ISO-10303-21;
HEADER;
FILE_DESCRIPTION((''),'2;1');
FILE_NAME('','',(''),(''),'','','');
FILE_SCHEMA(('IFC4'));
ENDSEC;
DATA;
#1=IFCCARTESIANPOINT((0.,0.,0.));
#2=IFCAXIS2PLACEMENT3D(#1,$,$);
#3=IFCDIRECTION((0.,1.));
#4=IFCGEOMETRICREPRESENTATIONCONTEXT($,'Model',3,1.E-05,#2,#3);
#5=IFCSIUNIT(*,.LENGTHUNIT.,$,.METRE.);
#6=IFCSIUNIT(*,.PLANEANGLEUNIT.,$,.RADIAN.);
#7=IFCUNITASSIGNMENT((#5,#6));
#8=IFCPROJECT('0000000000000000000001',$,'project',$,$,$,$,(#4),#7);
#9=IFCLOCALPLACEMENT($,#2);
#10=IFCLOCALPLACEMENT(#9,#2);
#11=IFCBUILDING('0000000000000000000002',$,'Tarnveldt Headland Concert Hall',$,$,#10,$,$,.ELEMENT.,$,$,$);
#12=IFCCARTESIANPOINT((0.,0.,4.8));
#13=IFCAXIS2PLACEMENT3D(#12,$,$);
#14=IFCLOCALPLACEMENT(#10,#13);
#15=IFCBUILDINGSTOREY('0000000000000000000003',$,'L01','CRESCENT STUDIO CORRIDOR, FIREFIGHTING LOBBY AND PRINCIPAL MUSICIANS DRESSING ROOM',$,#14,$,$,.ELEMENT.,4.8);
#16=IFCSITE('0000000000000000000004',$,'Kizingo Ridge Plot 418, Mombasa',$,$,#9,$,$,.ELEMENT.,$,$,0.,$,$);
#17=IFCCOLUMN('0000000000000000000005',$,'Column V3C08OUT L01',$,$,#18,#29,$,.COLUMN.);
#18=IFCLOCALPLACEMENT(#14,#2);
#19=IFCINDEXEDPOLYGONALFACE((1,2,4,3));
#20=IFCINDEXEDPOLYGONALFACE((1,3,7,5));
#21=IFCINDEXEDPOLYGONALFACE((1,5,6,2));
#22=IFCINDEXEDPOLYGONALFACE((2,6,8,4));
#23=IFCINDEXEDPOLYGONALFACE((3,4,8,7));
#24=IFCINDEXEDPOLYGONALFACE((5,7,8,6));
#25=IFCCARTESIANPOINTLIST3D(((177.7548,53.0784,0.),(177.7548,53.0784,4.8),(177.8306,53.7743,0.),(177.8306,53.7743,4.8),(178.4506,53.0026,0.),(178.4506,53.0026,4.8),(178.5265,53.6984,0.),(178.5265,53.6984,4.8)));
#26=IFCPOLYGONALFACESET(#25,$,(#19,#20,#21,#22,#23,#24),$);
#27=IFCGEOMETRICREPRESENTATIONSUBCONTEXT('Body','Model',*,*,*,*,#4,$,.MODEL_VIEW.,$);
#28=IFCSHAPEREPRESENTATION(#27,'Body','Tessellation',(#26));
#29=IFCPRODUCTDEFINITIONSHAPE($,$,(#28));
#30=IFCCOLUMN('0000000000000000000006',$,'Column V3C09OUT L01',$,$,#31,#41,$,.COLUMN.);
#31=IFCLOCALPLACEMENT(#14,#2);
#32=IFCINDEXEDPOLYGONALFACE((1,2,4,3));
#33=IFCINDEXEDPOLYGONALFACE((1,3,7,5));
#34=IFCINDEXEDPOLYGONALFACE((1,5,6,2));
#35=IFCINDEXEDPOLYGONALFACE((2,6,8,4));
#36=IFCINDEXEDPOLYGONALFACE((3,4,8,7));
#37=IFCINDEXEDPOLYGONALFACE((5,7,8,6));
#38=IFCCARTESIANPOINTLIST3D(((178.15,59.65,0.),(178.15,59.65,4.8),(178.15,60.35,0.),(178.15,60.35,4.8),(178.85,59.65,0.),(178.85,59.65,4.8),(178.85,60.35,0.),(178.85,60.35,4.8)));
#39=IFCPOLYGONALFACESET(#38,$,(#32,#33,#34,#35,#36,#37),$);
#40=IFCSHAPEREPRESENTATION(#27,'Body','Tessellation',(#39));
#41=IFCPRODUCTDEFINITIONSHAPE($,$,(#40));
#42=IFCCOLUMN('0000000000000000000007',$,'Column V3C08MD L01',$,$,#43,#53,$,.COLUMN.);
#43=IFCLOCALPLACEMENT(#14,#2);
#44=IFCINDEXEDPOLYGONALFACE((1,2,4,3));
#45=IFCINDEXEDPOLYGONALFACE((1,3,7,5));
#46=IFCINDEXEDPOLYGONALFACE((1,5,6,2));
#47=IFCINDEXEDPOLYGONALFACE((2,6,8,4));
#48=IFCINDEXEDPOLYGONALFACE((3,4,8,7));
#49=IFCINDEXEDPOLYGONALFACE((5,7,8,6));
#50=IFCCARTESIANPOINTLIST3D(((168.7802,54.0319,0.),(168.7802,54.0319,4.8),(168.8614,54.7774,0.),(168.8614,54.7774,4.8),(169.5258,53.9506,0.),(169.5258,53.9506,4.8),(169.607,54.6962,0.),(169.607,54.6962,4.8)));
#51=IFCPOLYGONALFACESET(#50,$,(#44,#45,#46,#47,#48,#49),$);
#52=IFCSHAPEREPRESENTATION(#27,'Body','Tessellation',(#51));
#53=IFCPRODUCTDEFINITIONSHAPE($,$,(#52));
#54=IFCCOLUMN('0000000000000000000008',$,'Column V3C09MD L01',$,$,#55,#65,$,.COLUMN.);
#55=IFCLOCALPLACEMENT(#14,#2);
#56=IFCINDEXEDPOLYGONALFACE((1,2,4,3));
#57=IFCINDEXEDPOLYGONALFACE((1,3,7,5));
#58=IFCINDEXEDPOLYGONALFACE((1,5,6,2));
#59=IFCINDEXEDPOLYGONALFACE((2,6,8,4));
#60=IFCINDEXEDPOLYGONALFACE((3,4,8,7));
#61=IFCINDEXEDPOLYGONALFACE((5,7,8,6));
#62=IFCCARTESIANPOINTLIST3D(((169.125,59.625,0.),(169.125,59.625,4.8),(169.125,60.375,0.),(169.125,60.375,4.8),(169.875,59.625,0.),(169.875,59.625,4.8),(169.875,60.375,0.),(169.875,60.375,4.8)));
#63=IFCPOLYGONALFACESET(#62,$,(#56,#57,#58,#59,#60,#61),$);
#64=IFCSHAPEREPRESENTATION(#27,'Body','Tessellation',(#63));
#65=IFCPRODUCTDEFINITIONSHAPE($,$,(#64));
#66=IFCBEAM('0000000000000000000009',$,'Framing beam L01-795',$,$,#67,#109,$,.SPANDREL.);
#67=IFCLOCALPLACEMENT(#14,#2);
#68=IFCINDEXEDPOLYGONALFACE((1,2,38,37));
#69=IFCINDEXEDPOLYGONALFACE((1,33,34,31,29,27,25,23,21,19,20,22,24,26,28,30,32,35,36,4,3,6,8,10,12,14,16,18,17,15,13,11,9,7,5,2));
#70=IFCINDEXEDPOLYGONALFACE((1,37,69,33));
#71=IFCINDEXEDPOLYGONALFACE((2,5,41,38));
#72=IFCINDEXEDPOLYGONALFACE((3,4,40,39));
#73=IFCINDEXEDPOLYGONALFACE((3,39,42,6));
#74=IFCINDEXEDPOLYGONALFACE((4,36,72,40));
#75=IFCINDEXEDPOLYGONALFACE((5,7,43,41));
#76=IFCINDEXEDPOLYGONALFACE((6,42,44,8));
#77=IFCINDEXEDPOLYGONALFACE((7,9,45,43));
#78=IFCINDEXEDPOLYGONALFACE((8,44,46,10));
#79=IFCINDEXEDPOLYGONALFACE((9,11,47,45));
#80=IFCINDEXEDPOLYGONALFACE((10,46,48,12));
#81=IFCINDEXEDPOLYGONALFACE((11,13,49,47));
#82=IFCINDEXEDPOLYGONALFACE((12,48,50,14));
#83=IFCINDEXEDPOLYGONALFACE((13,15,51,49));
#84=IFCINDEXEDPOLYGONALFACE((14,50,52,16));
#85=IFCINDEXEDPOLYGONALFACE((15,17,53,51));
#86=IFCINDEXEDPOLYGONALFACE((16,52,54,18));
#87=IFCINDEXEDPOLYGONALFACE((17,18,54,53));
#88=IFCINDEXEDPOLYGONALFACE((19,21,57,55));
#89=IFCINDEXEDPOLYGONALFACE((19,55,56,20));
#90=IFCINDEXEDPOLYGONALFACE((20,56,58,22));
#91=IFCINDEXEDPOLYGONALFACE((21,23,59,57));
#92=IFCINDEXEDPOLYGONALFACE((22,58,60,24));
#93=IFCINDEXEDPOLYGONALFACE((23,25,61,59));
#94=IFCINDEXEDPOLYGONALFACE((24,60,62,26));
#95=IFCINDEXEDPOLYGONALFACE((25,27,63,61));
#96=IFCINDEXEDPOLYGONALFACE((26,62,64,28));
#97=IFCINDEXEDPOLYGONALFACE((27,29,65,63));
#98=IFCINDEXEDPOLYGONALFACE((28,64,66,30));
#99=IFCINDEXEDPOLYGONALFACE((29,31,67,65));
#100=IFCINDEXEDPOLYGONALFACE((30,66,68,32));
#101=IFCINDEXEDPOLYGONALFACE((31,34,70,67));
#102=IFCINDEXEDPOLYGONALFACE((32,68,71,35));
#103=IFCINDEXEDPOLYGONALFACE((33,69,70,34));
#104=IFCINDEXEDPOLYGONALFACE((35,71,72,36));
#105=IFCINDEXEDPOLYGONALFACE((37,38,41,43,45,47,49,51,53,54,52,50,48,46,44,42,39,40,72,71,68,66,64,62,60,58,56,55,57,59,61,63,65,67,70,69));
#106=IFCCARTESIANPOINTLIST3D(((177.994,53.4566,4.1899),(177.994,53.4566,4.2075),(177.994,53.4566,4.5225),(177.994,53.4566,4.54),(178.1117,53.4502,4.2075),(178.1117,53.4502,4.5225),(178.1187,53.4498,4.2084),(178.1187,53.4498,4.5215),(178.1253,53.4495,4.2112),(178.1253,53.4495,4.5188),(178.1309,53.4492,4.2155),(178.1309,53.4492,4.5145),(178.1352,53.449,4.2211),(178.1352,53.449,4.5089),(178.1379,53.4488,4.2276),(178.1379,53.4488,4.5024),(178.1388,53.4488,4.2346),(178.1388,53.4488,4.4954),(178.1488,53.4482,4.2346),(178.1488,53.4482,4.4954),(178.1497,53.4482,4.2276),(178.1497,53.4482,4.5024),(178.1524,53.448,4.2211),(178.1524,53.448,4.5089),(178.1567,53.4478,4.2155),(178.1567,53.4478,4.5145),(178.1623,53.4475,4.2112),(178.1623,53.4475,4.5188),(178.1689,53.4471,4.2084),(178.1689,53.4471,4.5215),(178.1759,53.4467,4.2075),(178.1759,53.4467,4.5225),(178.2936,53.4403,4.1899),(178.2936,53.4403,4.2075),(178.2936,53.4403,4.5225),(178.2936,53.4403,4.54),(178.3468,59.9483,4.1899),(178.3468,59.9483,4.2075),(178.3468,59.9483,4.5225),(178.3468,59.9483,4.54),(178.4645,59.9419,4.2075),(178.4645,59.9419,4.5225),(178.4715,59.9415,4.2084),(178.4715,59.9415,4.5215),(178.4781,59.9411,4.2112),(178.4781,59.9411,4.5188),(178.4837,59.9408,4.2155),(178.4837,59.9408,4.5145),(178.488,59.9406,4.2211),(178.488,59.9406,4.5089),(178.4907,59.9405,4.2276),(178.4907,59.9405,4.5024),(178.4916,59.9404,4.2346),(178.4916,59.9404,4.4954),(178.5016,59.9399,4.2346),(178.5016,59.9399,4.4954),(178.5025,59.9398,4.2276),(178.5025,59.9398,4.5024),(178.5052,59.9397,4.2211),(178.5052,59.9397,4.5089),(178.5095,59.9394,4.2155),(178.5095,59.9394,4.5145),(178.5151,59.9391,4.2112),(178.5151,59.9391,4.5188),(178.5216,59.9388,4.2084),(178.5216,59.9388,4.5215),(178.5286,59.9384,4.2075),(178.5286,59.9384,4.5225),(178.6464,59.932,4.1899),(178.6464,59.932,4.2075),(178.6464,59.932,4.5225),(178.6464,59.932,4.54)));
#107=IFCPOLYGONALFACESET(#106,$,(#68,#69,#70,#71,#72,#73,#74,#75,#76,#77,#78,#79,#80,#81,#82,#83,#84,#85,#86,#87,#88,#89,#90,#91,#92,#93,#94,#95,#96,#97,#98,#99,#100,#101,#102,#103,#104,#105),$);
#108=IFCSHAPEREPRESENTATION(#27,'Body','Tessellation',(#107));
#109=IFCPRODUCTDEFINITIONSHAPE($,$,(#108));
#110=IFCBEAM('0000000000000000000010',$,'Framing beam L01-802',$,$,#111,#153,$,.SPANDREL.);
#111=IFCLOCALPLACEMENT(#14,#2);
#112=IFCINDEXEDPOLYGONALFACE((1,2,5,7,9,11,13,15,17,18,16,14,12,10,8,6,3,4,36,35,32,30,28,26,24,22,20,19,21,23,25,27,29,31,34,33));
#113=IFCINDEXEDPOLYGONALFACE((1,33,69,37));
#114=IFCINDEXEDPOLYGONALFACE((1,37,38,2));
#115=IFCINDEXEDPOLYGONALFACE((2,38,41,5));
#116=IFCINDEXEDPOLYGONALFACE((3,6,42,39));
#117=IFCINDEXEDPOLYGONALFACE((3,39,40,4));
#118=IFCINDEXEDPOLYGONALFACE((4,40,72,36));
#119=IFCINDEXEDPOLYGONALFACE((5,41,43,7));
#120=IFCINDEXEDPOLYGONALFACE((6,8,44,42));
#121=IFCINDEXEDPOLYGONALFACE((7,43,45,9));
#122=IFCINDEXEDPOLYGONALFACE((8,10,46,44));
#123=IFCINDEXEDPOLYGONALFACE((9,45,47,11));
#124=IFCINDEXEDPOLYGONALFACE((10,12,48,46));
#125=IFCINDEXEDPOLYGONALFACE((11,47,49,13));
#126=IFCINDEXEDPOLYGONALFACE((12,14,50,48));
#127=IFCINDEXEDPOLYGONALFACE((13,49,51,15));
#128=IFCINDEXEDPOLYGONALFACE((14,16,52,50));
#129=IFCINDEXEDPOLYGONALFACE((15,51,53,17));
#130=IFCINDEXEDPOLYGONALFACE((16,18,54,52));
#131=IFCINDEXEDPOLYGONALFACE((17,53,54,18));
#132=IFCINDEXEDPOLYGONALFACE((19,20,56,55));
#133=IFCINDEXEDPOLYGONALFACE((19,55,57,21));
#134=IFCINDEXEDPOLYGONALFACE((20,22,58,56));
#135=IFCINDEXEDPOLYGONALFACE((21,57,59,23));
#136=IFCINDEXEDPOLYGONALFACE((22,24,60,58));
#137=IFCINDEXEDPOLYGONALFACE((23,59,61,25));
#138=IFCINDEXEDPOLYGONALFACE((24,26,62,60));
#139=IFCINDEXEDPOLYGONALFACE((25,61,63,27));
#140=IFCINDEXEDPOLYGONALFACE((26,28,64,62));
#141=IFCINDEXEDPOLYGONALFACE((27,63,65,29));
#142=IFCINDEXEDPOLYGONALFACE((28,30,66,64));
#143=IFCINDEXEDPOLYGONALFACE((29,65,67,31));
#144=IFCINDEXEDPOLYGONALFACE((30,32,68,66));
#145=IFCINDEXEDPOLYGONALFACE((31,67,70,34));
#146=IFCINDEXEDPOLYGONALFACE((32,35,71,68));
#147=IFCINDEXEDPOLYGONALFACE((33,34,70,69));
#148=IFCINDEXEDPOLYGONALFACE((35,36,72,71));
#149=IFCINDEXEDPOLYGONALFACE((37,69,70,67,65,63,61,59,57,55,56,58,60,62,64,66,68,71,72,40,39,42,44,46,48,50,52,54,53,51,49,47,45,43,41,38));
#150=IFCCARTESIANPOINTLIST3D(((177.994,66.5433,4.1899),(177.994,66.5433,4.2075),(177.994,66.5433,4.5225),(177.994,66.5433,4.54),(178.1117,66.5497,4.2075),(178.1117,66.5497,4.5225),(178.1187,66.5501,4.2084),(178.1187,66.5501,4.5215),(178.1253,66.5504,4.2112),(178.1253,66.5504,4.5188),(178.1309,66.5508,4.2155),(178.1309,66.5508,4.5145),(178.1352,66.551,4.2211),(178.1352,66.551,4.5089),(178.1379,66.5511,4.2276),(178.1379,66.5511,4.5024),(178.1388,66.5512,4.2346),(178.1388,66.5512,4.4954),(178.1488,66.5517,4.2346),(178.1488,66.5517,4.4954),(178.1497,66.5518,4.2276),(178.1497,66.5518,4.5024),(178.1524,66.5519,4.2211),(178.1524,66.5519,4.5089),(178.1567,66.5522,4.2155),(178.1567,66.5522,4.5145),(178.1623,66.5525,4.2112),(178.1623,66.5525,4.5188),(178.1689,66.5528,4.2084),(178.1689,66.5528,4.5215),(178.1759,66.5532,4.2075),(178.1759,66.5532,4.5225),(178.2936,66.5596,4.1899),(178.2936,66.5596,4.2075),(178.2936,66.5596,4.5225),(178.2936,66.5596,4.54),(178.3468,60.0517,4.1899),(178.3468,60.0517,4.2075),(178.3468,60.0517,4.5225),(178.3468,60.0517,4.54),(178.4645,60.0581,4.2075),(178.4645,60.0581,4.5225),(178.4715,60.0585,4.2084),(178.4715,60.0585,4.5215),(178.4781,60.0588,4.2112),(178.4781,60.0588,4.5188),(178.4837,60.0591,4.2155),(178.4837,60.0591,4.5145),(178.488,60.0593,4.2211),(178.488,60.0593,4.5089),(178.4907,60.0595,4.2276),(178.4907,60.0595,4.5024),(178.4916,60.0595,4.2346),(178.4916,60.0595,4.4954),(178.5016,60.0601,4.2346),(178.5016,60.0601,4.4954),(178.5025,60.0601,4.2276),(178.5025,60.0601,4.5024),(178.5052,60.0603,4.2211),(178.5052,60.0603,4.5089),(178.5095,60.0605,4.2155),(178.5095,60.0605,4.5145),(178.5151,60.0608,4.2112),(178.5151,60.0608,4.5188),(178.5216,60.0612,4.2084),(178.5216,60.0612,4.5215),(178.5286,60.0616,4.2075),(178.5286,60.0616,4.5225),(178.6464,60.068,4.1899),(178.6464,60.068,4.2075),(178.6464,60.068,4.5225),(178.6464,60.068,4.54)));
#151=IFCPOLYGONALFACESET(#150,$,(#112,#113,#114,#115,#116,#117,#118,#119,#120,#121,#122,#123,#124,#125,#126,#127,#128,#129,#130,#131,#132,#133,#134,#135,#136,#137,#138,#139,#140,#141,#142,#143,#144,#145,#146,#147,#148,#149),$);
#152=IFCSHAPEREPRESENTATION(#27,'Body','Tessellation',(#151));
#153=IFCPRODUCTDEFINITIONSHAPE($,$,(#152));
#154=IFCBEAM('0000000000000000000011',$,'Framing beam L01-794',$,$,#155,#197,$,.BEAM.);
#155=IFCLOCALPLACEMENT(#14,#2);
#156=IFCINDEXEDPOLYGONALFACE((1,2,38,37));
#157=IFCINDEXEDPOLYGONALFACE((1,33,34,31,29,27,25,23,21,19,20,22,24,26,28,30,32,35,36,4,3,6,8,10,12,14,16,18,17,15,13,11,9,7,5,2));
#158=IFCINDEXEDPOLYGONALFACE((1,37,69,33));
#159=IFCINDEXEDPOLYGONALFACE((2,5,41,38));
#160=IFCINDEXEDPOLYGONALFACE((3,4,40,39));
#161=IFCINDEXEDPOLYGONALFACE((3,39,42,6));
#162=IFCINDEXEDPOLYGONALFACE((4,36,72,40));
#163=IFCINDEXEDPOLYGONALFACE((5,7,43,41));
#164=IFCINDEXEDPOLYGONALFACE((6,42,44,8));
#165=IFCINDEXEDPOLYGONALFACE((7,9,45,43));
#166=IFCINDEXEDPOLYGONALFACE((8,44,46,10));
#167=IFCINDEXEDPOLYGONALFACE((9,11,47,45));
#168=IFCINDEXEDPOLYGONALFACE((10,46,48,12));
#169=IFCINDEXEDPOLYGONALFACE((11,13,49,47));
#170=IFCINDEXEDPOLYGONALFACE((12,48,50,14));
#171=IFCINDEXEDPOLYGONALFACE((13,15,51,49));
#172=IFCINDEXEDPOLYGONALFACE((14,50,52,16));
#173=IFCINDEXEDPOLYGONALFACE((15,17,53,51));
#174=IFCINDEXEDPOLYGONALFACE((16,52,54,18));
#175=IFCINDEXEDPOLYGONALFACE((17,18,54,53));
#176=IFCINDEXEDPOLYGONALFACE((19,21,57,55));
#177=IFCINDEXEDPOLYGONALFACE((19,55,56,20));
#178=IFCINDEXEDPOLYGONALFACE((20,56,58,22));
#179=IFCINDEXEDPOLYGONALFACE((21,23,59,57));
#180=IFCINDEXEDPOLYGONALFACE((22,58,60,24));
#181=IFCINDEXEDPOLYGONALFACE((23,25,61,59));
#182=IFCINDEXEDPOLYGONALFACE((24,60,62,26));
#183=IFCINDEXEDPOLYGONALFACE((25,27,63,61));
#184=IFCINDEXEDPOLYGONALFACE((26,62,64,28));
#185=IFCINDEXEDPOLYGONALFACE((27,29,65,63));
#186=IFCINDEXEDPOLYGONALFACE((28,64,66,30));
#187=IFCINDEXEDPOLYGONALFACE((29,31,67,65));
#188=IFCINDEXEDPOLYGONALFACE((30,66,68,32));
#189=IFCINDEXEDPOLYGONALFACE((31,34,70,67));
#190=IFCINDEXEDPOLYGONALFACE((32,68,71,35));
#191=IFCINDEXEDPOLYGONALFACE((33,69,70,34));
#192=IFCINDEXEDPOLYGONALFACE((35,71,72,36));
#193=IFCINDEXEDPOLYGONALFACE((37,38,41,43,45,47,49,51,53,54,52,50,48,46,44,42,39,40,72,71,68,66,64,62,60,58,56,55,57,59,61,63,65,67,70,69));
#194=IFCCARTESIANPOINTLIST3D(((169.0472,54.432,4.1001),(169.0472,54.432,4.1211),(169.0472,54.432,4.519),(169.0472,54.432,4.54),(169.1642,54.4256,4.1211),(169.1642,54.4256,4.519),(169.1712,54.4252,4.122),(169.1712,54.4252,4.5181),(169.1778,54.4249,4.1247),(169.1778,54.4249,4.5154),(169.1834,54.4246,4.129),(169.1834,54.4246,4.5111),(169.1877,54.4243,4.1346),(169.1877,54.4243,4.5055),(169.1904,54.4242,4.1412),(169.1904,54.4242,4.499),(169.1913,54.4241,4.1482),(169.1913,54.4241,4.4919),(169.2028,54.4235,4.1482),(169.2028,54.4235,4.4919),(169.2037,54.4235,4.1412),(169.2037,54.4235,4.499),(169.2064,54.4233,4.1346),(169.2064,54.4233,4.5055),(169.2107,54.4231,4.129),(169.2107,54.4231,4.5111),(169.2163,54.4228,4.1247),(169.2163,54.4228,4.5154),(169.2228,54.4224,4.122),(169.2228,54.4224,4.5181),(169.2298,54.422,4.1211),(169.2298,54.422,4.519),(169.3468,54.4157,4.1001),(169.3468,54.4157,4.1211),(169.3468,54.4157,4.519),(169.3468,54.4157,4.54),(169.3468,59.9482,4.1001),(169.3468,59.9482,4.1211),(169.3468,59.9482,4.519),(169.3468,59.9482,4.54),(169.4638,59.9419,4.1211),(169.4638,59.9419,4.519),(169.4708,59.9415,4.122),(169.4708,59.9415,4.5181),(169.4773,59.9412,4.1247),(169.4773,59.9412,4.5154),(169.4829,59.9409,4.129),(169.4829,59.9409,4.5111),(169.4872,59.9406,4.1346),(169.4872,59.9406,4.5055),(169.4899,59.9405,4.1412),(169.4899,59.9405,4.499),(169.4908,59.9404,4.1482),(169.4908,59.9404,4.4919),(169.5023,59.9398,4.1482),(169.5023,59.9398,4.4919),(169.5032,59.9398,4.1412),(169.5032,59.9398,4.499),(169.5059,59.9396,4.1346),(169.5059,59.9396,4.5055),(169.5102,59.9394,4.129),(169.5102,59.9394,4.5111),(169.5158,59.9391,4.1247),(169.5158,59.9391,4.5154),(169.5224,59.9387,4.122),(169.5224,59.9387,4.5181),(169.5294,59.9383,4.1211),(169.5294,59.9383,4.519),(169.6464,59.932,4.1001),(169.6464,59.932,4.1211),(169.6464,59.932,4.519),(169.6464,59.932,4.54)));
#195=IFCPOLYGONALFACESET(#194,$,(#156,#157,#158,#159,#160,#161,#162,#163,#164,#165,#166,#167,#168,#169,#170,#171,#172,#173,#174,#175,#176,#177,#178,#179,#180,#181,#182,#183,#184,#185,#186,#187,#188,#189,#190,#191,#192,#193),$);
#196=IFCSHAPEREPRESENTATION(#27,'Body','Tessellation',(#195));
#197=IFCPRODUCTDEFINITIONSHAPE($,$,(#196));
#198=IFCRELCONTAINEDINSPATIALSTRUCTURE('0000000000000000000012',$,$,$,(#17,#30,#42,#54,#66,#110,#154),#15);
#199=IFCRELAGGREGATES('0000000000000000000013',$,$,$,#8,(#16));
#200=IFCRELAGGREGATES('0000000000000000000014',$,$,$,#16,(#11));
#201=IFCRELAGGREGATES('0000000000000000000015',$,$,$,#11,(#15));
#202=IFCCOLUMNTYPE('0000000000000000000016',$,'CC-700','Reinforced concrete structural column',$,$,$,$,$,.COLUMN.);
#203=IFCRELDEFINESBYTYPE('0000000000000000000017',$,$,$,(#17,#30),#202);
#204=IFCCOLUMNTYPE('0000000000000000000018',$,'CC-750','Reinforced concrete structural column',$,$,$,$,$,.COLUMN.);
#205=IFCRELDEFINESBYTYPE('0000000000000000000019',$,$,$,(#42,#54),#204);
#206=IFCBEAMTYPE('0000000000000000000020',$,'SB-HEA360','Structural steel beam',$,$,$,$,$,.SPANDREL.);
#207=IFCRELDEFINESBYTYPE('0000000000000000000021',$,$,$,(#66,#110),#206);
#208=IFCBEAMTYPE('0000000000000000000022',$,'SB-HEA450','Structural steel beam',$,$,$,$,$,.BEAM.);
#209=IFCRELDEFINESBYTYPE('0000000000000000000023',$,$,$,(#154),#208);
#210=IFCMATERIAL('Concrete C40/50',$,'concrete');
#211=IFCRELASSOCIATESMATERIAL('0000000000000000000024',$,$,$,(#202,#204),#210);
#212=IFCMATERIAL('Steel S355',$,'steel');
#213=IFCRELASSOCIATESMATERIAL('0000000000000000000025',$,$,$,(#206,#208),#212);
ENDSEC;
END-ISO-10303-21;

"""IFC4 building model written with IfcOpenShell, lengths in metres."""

from ifc_helpers import new_model, si_unit, direction, frame, origin, origin_2d, place, context, subcontext, project, spatial, rectangle, i_section, extrude, material, material_profile, profile_set, type_object, element, save


model = new_model("IFC4")

# Units and contexts
model_context = context("Model", 3, precision=1e-05, world=origin(), true_north=direction((0.0, 1.0)))
body_context = subcontext(model_context, "Body", "Model", "MODEL_VIEW")
ifc_project = project(units=[si_unit("LENGTHUNIT", "METRE"), si_unit("PLANEANGLEUNIT", "RADIAN")], contexts=[model_context])

# Site, building, storey
site_placement = place(None, origin())
site = spatial("IfcSite", under=ifc_project, at=site_placement, Name="Kizingo Ridge Plot 418, Mombasa", CompositionType="ELEMENT", RefElevation=0.0)
building_placement = place(site_placement, origin())
building = spatial("IfcBuilding", under=site, at=building_placement, Name="Tarnveldt Headland Concert Hall", CompositionType="ELEMENT")
storey_placement = place(building_placement, frame((0.0, 0.0, 4.8)))
storey = spatial("IfcBuildingStorey", under=building, at=storey_placement, Name="L01", Description="CRESCENT STUDIO CORRIDOR, FIREFIGHTING LOBBY AND PRINCIPAL MUSICIANS DRESSING ROOM", CompositionType="ELEMENT", Elevation=4.8)

# Columns
ifc_material_1 = material(Name="Concrete C40/50", Category="concrete")
ifc_material_profile_1 = material_profile(ifc_material_1, rectangle(XDim=0.7, YDim=0.7, at=origin_2d()), Name="RC 700x700", Category="concrete")
ifc_profile_set_1 = profile_set([ifc_material_profile_1], Name="Concrete C40/50")
column_type_1 = type_object("IfcColumnType", Name="CC-700", Description="Reinforced concrete structural column", PredefinedType="COLUMN", material=ifc_profile_set_1)
for number, where, z_axis, x_axis, name in (
    (1, (178.1406, 53.3884, 0.0), (0.0, 0.0, 1.0), (0.994113, -0.108346, 0.0), "Column V3C08OUT L01"),
    (2, (178.5, 60.0, 0.0), (0.0, 0.0, 1.0), (1.0, 0.0, 0.0), "Column V3C09OUT L01"),
):
    element("IfcColumn", number, at=place(storey_placement, frame(where, z_axis=z_axis, x_axis=x_axis)), inside=storey, type_object=column_type_1, Name=name, PredefinedType="COLUMN", context=body_context, shape_type="SweptSolid", body=[
        extrude(rectangle(XDim=0.7, YDim=0.7, at=origin_2d()), origin(), (0.0, 0.0, 1.0), 4.8),
    ])
ifc_material_profile_2 = material_profile(ifc_material_1, rectangle(XDim=0.75, YDim=0.75, at=origin_2d()), Name="RC 750x750", Category="concrete")
ifc_profile_set_2 = profile_set([ifc_material_profile_2], Name="Concrete C40/50")
column_type_2 = type_object("IfcColumnType", Name="CC-750", Description="Reinforced concrete structural column", PredefinedType="COLUMN", material=ifc_profile_set_2)
for number, where, z_axis, x_axis, name in (
    (3, (169.1936, 54.364, 0.0), (0.0, 0.0, 1.0), (0.994113, -0.108346, 0.0), "Column V3C08MD L01"),
    (4, (169.5, 60.0, 0.0), (0.0, 0.0, 1.0), (1.0, 0.0, 0.0), "Column V3C09MD L01"),
):
    element("IfcColumn", number, at=place(storey_placement, frame(where, z_axis=z_axis, x_axis=x_axis)), inside=storey, type_object=column_type_2, Name=name, PredefinedType="COLUMN", context=body_context, shape_type="SweptSolid", body=[
        extrude(rectangle(XDim=0.75, YDim=0.75, at=origin_2d()), origin(), (0.0, 0.0, 1.0), 4.8),
    ])

# Beams
ifc_material_2 = material(Name="Steel S355", Category="steel")
ifc_material_profile_3 = material_profile(ifc_material_2, i_section(OverallWidth=0.3, OverallDepth=0.3501, WebThickness=0.01, FlangeThickness=0.0176, FilletRadius=0.0271, at=origin_2d()), Name="HEA360", Category="steel")
ifc_profile_set_3 = profile_set([ifc_material_profile_3], Name="Steel S355")
beam_type_1 = type_object("IfcBeamType", Name="SB-HEA360", Description="Structural steel beam", PredefinedType="SPANDREL", material=ifc_profile_set_3)
for number, where, z_axis, x_axis, name in (
    (5, (178.1438, 53.4485, 4.365), (0.054264, 0.998527, 0.0), (-0.998527, 0.054264, 0.0), "Framing beam L01-795"),
    (6, (178.4966, 60.0598, 4.365), (-0.054264, 0.998527, 0.0), (-0.998527, -0.054264, 0.0), "Framing beam L01-802"),
):
    element("IfcBeam", number, at=place(storey_placement, frame(where, z_axis=z_axis, x_axis=x_axis)), inside=storey, type_object=beam_type_1, Name=name, PredefinedType="SPANDREL", context=body_context, shape_type="SweptSolid", body=[
        extrude(i_section(OverallWidth=0.3, OverallDepth=0.3501, WebThickness=0.01, FlangeThickness=0.0176, FilletRadius=0.0271, at=origin_2d()), origin(), (0.0, 0.0, 1.0), 6.5012),
    ])
ifc_material_profile_4 = material_profile(ifc_material_2, i_section(OverallWidth=0.3, OverallDepth=0.4399, WebThickness=0.0115, FlangeThickness=0.021, FilletRadius=0.0271, at=origin_2d()), Name="HEA450", Category="steel")
ifc_profile_set_4 = profile_set([ifc_material_profile_4], Name="Steel S355")
beam_type_2 = type_object("IfcBeamType", Name="SB-HEA450", Description="Structural steel beam", PredefinedType="BEAM", material=ifc_profile_set_4)
for number, where, z_axis, x_axis, name in (
    (7, (169.197, 54.4238, 4.3201), (0.054224, 0.998529, 0.0), (-0.998529, 0.054224, 0.0), "Framing beam L01-794"),
):
    element("IfcBeam", number, at=place(storey_placement, frame(where, z_axis=z_axis, x_axis=x_axis)), inside=storey, type_object=beam_type_2, Name=name, PredefinedType="BEAM", context=body_context, shape_type="SweptSolid", body=[
        extrude(i_section(OverallWidth=0.3, OverallDepth=0.4399, WebThickness=0.0115, FlangeThickness=0.021, FilletRadius=0.0271, at=origin_2d()), origin(), (0.0, 0.0, 1.0), 5.5244),
    ])

save(model, "model.ifc")
